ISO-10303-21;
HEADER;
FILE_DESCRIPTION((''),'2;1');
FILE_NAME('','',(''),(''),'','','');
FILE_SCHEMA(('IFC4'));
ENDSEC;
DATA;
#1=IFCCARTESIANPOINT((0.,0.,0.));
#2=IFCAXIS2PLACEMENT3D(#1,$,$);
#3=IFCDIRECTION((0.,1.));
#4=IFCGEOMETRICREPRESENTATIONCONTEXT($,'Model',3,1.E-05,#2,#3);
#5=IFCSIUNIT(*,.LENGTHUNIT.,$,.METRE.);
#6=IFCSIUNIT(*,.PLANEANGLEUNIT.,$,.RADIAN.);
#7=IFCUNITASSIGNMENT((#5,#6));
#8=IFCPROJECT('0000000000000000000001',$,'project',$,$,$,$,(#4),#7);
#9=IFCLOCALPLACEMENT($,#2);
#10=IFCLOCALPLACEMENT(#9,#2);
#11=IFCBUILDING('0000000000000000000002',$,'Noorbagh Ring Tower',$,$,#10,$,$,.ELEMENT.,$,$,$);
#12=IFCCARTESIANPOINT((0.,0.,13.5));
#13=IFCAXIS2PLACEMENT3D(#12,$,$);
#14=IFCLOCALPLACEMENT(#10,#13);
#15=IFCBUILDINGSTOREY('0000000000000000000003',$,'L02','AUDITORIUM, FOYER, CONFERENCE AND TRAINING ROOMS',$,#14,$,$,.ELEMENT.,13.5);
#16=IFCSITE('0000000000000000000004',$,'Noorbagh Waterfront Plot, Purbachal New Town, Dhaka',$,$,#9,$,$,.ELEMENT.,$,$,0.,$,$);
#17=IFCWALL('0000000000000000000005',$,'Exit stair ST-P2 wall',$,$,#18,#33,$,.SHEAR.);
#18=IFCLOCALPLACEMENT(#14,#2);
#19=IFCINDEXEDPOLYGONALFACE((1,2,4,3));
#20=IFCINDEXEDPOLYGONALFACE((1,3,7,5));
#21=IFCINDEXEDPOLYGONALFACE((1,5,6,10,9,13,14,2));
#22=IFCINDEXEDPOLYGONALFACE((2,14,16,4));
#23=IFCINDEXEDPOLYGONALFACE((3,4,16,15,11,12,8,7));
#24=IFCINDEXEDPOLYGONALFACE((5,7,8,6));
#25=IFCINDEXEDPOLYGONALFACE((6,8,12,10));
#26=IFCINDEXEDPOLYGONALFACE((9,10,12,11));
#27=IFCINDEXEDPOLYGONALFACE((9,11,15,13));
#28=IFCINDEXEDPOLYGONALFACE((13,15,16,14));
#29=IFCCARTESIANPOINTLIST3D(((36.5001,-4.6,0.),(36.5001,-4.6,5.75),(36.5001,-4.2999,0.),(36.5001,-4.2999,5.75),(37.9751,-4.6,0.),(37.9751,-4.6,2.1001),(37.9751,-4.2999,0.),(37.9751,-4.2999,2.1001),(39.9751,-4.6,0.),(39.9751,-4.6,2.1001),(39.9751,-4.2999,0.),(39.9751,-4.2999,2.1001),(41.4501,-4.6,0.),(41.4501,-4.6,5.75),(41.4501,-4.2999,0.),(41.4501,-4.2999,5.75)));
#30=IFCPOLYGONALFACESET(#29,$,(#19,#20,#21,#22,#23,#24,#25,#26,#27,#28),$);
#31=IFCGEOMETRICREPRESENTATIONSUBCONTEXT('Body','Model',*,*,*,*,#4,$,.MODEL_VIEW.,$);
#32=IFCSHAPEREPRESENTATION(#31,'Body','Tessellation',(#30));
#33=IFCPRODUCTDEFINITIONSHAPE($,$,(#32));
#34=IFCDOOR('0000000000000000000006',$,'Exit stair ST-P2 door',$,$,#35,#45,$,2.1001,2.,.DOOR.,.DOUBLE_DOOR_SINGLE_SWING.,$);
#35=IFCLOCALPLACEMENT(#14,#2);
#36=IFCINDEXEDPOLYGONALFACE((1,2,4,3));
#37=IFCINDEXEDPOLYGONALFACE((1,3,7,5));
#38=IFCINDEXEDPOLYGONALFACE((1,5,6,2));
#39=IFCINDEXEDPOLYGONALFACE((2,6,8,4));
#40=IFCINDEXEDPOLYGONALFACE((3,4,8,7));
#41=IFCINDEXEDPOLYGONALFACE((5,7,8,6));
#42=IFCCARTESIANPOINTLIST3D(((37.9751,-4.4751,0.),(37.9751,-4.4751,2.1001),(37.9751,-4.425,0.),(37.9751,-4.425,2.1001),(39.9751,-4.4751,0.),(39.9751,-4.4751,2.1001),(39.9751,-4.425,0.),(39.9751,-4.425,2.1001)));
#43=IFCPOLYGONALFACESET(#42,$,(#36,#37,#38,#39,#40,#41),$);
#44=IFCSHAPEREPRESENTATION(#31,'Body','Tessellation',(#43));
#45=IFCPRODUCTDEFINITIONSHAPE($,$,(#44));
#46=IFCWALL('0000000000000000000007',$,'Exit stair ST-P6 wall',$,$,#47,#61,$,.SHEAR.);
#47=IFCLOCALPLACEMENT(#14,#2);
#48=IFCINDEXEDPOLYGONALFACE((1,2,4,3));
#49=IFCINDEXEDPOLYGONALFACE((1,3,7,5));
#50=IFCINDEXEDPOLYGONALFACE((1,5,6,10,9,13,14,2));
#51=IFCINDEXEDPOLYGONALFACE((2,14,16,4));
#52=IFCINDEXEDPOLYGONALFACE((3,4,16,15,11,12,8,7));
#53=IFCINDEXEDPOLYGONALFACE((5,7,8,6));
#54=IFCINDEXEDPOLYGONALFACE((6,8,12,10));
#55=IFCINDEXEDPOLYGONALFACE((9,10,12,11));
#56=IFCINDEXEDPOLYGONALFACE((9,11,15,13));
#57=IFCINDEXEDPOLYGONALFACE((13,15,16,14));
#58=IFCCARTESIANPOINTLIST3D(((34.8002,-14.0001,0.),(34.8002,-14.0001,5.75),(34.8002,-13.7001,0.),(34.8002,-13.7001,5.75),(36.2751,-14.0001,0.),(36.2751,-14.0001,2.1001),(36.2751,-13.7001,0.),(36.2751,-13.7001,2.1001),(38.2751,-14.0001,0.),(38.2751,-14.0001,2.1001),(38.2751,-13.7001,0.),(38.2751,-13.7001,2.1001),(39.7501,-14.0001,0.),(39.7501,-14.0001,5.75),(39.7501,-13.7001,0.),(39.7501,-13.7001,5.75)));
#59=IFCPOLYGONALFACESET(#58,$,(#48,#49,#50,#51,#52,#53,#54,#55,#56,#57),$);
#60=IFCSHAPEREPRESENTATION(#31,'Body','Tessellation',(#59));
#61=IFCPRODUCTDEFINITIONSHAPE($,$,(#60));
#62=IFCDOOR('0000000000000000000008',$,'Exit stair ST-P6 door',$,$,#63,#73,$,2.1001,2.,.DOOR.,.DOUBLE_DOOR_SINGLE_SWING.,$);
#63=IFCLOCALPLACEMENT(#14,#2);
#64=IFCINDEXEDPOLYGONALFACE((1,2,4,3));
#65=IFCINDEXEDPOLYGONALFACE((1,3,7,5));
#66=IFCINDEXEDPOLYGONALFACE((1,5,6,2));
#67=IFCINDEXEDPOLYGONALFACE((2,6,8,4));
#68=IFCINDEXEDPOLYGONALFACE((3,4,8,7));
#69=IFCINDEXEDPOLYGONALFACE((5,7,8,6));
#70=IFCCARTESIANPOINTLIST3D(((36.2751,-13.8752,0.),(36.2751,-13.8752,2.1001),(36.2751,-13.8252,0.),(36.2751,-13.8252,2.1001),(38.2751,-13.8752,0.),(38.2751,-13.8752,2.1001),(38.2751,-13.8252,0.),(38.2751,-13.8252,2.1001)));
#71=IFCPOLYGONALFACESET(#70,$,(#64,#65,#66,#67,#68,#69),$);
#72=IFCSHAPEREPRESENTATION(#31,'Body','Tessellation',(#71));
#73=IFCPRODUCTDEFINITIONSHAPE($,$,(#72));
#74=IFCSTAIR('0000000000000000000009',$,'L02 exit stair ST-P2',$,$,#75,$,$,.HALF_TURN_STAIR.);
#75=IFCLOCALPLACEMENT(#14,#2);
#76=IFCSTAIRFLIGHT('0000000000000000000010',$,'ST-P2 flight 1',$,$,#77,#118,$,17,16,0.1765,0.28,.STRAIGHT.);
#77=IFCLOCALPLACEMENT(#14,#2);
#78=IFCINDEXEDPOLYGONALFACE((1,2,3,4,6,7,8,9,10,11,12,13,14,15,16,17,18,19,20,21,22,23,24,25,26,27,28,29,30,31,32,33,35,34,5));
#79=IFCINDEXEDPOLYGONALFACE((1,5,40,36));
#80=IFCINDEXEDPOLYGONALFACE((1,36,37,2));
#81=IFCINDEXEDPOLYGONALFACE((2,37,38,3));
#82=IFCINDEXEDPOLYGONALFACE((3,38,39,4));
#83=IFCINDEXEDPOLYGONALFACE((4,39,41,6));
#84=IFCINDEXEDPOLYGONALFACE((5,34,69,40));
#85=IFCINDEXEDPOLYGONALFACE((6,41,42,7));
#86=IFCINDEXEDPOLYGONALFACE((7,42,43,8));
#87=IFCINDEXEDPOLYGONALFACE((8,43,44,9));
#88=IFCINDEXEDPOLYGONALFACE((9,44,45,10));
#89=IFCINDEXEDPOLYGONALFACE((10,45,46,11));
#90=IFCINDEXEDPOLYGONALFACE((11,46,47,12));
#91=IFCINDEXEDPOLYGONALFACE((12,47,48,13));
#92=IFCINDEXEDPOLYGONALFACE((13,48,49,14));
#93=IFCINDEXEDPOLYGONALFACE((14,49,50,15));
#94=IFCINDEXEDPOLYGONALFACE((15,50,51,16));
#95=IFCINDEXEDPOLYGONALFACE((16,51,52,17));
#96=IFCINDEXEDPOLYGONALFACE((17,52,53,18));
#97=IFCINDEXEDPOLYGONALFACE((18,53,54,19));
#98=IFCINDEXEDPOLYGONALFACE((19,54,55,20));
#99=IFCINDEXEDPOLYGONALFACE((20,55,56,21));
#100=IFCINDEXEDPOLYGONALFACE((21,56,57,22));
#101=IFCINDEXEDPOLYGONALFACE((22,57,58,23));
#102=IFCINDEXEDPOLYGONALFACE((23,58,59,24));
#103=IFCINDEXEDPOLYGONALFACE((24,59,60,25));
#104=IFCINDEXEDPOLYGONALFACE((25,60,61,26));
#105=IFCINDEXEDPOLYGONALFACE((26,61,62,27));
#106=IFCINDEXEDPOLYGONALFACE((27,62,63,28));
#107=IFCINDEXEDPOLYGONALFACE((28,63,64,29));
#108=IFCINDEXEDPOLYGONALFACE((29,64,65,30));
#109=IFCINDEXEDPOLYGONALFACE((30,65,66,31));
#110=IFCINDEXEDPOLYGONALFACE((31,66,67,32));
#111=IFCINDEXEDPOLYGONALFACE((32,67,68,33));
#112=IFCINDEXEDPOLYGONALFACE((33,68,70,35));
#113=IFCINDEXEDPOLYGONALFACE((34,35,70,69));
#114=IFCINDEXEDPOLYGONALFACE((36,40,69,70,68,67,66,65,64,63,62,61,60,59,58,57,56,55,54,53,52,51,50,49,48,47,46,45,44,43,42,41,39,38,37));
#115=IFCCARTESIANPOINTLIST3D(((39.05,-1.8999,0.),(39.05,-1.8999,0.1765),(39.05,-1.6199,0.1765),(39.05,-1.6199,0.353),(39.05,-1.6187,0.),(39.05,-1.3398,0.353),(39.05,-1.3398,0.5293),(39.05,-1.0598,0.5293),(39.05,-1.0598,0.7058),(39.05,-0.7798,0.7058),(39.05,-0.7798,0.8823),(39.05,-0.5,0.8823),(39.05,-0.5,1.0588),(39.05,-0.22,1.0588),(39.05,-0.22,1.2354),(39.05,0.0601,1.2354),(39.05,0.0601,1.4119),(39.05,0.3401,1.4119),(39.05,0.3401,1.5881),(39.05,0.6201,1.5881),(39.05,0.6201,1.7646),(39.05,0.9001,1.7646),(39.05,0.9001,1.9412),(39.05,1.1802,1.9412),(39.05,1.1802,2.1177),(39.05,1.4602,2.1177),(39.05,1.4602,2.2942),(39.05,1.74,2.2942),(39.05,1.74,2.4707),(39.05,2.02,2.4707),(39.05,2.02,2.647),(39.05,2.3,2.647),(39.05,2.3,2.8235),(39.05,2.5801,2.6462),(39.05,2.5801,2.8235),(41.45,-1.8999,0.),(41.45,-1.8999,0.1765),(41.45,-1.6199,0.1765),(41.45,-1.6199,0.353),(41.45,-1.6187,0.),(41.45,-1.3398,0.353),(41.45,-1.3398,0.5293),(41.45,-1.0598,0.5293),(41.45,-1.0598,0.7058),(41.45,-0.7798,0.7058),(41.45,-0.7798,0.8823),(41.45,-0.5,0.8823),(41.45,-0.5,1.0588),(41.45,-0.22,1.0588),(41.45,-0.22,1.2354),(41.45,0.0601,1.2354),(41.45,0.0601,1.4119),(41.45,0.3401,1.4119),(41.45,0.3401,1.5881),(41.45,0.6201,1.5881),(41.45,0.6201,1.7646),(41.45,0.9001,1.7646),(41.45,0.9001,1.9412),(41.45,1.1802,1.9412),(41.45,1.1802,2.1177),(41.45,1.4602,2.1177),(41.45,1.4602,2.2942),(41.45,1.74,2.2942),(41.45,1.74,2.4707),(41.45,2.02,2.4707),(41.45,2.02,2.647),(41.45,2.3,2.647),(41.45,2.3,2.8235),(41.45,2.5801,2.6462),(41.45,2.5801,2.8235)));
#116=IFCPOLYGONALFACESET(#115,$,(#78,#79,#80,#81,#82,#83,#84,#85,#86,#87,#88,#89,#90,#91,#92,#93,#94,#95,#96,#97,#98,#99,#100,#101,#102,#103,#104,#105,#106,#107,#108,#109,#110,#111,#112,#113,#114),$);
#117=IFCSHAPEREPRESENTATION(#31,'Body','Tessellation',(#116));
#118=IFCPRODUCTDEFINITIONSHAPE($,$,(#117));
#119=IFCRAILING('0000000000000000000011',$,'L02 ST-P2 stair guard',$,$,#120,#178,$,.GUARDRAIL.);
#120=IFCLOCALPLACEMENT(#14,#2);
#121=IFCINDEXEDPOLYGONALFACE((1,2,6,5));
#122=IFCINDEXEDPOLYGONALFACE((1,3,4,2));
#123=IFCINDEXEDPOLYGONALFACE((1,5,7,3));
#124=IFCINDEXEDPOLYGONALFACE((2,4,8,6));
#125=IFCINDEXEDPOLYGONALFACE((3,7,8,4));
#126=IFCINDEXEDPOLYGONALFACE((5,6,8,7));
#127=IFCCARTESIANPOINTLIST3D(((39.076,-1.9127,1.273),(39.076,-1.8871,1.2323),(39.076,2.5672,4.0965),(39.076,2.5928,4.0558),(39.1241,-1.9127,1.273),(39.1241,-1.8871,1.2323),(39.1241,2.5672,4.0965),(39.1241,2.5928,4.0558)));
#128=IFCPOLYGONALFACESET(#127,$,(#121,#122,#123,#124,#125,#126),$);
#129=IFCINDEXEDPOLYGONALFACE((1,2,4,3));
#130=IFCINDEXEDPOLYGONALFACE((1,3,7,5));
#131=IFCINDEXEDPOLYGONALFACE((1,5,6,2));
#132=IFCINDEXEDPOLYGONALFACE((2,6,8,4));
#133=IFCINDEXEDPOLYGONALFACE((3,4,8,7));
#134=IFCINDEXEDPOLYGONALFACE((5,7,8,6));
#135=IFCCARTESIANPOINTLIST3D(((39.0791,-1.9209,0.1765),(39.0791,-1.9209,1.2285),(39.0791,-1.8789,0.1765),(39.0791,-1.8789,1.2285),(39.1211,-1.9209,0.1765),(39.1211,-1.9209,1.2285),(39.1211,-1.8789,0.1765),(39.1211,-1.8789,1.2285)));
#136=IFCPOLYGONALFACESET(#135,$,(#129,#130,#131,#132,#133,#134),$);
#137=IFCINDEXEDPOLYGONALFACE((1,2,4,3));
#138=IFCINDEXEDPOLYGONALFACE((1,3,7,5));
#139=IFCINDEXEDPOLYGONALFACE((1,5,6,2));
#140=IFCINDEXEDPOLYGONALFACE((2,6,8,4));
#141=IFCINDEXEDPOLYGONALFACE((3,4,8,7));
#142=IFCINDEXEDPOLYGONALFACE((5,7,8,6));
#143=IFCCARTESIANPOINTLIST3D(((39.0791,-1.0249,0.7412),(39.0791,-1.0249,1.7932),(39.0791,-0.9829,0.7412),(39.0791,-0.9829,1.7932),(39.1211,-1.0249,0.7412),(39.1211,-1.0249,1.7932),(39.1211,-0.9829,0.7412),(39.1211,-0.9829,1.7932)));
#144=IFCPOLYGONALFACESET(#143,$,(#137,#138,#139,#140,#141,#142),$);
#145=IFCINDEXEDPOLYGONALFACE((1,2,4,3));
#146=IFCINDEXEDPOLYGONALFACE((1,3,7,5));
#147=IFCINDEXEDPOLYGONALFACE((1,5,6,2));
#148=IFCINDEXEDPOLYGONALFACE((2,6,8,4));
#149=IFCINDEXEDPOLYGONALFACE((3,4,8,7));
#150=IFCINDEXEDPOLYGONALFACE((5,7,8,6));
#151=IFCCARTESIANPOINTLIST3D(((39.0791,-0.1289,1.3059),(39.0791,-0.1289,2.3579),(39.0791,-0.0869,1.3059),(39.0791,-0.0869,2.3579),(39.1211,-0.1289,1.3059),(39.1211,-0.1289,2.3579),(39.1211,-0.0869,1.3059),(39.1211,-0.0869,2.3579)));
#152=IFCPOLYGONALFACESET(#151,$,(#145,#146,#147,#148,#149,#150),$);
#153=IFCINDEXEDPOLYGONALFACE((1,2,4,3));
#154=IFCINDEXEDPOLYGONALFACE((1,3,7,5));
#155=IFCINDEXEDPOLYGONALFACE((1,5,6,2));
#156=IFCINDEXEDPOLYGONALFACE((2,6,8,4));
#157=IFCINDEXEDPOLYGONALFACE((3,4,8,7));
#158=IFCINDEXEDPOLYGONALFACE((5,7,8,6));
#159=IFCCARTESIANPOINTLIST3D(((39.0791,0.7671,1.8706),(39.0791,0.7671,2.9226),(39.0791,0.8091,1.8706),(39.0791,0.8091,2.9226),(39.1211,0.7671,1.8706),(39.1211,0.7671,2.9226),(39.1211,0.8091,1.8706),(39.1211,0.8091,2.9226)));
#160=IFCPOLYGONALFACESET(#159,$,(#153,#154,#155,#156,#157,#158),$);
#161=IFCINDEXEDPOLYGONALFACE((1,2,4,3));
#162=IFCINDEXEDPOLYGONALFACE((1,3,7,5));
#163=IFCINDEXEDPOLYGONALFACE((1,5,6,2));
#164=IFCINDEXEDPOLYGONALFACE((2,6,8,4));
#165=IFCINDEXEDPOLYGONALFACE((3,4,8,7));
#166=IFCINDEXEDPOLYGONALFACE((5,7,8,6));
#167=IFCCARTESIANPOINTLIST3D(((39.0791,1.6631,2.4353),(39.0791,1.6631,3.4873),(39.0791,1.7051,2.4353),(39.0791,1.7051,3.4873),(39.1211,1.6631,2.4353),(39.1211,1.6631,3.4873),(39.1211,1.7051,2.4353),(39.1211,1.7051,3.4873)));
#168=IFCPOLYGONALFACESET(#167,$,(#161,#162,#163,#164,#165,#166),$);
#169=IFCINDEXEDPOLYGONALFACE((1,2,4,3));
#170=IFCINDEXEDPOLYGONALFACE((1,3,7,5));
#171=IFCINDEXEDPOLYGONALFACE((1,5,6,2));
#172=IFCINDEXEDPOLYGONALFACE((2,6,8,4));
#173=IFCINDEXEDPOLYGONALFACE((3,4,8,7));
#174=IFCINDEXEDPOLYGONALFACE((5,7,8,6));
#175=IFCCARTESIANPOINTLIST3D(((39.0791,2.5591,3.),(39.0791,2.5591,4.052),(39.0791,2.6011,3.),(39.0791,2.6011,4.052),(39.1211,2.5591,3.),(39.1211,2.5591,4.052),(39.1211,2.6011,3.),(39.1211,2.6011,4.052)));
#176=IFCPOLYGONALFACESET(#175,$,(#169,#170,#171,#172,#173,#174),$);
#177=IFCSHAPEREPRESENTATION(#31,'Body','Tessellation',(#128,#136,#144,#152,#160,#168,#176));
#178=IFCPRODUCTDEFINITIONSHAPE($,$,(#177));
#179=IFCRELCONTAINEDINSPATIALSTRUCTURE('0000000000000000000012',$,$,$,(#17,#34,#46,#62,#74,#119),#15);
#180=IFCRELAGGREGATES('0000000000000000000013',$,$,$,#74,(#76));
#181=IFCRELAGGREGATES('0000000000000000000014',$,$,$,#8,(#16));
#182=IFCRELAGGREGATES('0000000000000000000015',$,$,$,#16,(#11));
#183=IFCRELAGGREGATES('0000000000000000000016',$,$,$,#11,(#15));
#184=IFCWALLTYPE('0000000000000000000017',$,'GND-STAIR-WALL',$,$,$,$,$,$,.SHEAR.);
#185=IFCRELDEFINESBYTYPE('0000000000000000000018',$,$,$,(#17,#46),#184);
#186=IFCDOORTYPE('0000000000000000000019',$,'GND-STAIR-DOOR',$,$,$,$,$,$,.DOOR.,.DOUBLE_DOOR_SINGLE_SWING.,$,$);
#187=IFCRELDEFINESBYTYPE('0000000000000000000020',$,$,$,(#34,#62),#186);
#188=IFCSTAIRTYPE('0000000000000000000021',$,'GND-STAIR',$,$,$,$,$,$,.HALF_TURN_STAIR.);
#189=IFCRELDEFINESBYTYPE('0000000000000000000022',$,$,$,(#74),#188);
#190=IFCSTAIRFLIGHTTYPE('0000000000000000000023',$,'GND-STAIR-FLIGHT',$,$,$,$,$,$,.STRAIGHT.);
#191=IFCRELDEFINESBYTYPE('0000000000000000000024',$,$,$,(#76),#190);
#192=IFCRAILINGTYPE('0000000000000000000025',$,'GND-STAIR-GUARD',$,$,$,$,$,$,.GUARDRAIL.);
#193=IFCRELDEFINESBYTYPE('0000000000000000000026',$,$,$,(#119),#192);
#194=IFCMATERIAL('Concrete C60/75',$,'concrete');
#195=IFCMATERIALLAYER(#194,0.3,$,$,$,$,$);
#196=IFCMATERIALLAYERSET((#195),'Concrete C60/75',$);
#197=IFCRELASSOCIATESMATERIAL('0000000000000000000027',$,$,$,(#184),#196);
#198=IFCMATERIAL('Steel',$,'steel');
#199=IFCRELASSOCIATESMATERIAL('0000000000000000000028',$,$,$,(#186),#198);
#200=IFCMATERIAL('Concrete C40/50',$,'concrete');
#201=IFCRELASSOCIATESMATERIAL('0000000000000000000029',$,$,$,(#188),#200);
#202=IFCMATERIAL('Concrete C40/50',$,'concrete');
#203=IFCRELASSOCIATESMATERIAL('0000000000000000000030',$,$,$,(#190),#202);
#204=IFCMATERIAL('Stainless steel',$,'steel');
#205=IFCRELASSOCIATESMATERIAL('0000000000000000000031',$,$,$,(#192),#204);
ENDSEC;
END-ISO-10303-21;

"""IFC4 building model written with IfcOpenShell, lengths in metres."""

from ifc_helpers import new_model, si_unit, direction, frame, frame_2d, origin, origin_2d, place, context, subcontext, project, spatial, polyline, rectangle, outline, extrude, material, layer, layer_set, type_object, element, fill, aggregate, save


model = new_model("IFC4")

# Units and contexts
model_context = context("Model", 3, precision=1e-05, world=origin(), true_north=direction((0.0, 1.0)))
body_context = subcontext(model_context, "Body", "Model", "MODEL_VIEW")
ifc_project = project(units=[si_unit("LENGTHUNIT", "METRE"), si_unit("PLANEANGLEUNIT", "RADIAN")], contexts=[model_context])

# Site, building, storey
site_placement = place(None, origin())
site = spatial("IfcSite", under=ifc_project, at=site_placement, Name="Noorbagh Waterfront Plot, Purbachal New Town, Dhaka", CompositionType="ELEMENT", RefElevation=0.0)
building_placement = place(site_placement, origin())
building = spatial("IfcBuilding", under=site, at=building_placement, Name="Noorbagh Ring Tower", CompositionType="ELEMENT")
storey_placement = place(building_placement, frame((0.0, 0.0, 13.5)))
storey = spatial("IfcBuildingStorey", under=building, at=storey_placement, Name="L02", Description="AUDITORIUM, FOYER, CONFERENCE AND TRAINING ROOMS", CompositionType="ELEMENT", Elevation=13.5)

# Shared definitions
ifc_material_1 = material(Name="Concrete C60/75", Category="concrete")
ifc_layer_1 = layer(ifc_material_1, 0.3)
ifc_layer_set_1 = layer_set([ifc_layer_1], Name="Concrete C60/75")
wall_type_1 = type_object("IfcWallType", Name="GND-STAIR-WALL", PredefinedType="SHEAR", material=ifc_layer_set_1)

# Walls, openings, doors
wall_1_placement = place(storey_placement, frame((36.5, -4.45, 0.0), z_axis=(0.0, 0.0, 1.0), x_axis=(1.0, 0.0, 0.0)))
wall_1 = element("IfcWall", 1, at=wall_1_placement, inside=storey, type_object=wall_type_1, Name="Exit stair ST-P2 wall", PredefinedType="SHEAR", context=body_context, shape_type="SweptSolid", body=[
    extrude(rectangle(XDim=4.95, YDim=0.3, at=frame_2d((2.4751, 0.0))), origin(), (0.0, 0.0, 1.0), 5.75),
])
opening_1_placement = place(wall_1_placement, frame((1.4751, 0.0, 0.0)))
opening_1 = element("IfcOpeningElement", 2, at=opening_1_placement, cuts=wall_1, PredefinedType="OPENING", context=body_context, shape_type="SweptSolid", body=[
    extrude(rectangle(XDim=2.0, YDim=2.1001, at=frame_2d((1.0, 1.05))), frame((0.0, 0.1602, 0.0), z_axis=(0.0, -1.0, 0.0), x_axis=(1.0, 0.0, 0.0)), (0.0, 0.0, 1.0), 0.3201),
])
ifc_material_2 = material(Name="Steel", Category="steel")
door_type = type_object("IfcDoorType", Name="GND-STAIR-DOOR", OperationType="DOUBLE_DOOR_SINGLE_SWING", PredefinedType="DOOR", material=ifc_material_2)
door_1_placement = place(opening_1_placement, origin())
door_1 = element("IfcDoor", 3, at=door_1_placement, inside=storey, type_object=door_type, Name="Exit stair ST-P2 door", OperationType="DOUBLE_DOOR_SINGLE_SWING", OverallHeight=2.1001, OverallWidth=2.0, PredefinedType="DOOR", context=body_context, shape_type="SweptSolid", body=[
    extrude(rectangle(XDim=2.0, YDim=2.1001, at=frame_2d((1.0, 1.05))), frame((0.0, 0.0249, 0.0), z_axis=(0.0, -1.0, 0.0), x_axis=(1.0, 0.0, 0.0)), (0.0, 0.0, 1.0), 0.05),
])
fill(opening_1, door_1)
wall_2_placement = place(storey_placement, frame((34.8, -13.8501, 0.0), z_axis=(0.0, 0.0, 1.0), x_axis=(1.0, 0.0, 0.0)))
wall_2 = element("IfcWall", 4, at=wall_2_placement, inside=storey, type_object=wall_type_1, Name="Exit stair ST-P6 wall", PredefinedType="SHEAR", context=body_context, shape_type="SweptSolid", body=[
    extrude(rectangle(XDim=4.95, YDim=0.3, at=frame_2d((2.4751, 0.0))), origin(), (0.0, 0.0, 1.0), 5.75),
])
opening_2_placement = place(wall_2_placement, frame((1.4751, 0.0, 0.0)))
opening_2 = element("IfcOpeningElement", 5, at=opening_2_placement, cuts=wall_2, PredefinedType="OPENING", context=body_context, shape_type="SweptSolid", body=[
    extrude(rectangle(XDim=2.0, YDim=2.1001, at=frame_2d((1.0, 1.05))), frame((0.0, 0.1602, 0.0), z_axis=(0.0, -1.0, 0.0), x_axis=(1.0, 0.0, 0.0)), (0.0, 0.0, 1.0), 0.3201),
])
door_2_placement = place(opening_2_placement, origin())
door_2 = element("IfcDoor", 6, at=door_2_placement, inside=storey, type_object=door_type, Name="Exit stair ST-P6 door", OperationType="DOUBLE_DOOR_SINGLE_SWING", OverallHeight=2.1001, OverallWidth=2.0, PredefinedType="DOOR", context=body_context, shape_type="SweptSolid", body=[
    extrude(rectangle(XDim=2.0, YDim=2.1001, at=frame_2d((1.0, 1.05))), frame((0.0, 0.0249, 0.0), z_axis=(0.0, -1.0, 0.0), x_axis=(1.0, 0.0, 0.0)), (0.0, 0.0, 1.0), 0.05),
])
fill(opening_2, door_2)

# Stair, stair flight
ifc_material_3 = material(Name="Concrete C40/50", Category="concrete")
stair_type = type_object("IfcStairType", Name="GND-STAIR", PredefinedType="HALF_TURN_STAIR", material=ifc_material_3)
stair_placement = place(storey_placement, origin())
stair = element("IfcStair", 7, at=stair_placement, inside=storey, type_object=stair_type, Name="L02 exit stair ST-P2", PredefinedType="HALF_TURN_STAIR")
ifc_material_4 = material(Name="Concrete C40/50", Category="concrete")
stair_flight_type = type_object("IfcStairFlightType", Name="GND-STAIR-FLIGHT", PredefinedType="STRAIGHT", material=ifc_material_4)
stair_flight_placement = place(storey_placement, frame((40.25, -1.8999, 0.0), z_axis=(0.0, 0.0, 1.0), x_axis=(0.0, 1.0, 0.0)))
stair_flight = element("IfcStairFlight", 8, at=stair_flight_placement, type_object=stair_flight_type, Name="ST-P2 flight 1", NumberOfRisers=17, NumberOfTreads=16, PredefinedType="STRAIGHT", RiserHeight=0.1765, TreadLength=0.28, context=body_context, shape_type="SweptSolid", body=[
    extrude(outline(polyline([(0.0, 0.0), (0.0, 0.1765), (0.28, 0.1765), (0.28, 0.353), (0.5601, 0.353), (0.5601, 0.5293), (0.8401, 0.5293), (0.8401, 0.7058), (1.1201, 0.7058), (1.1201, 0.8823), (1.3999, 0.8823), (1.3999, 1.0588), (1.6799, 1.0588), (1.6799, 1.2354), (1.96, 1.2354), (1.96, 1.4119), (2.24, 1.4119), (2.24, 1.5881), (2.52, 1.5881), (2.52, 1.7646), (2.8, 1.7646), (2.8, 1.9412), (3.0801, 1.9412), (3.0801, 2.1177), (3.3601, 2.1177), (3.3601, 2.2942), (3.6399, 2.2942), (3.6399, 2.4707), (3.9199, 2.4707), (3.9199, 2.647), (4.2, 2.647), (4.2, 2.8235), (4.48, 2.8235), (4.48, 3.0), (4.48, 2.6462), (0.2812, 0.0), (0.0, 0.0)])), frame((0.0, 1.2, 0.0), z_axis=(0.0, -1.0, 0.0), x_axis=(1.0, 0.0, 0.0)), (0.0, 0.0, 1.0), 2.3999),
])
aggregate(stair, [stair_flight])

# Railing
ifc_material_5 = material(Name="Stainless steel", Category="steel")
railing_type = type_object("IfcRailingType", Name="GND-STAIR-GUARD", PredefinedType="GUARDRAIL", material=ifc_material_5)
railing_1_placement = place(storey_placement, frame((39.1001, -1.8999, 0.1765)))
element("IfcRailing", 9, at=railing_1_placement, inside=storey, type_object=railing_type, Name="L02 ST-P2 stair guard", PredefinedType="GUARDRAIL", context=body_context, shape_type="SweptSolid", body=[
    extrude(rectangle(XDim=0.0481, YDim=0.0481, at=origin_2d()), frame((0.0, 0.0, 1.0762), z_axis=(0.0, 0.845998, 0.533186), x_axis=(-1.0, 0.0, 0.0)), (0.0, 0.0, 1.0), 5.2954),
    extrude(rectangle(XDim=0.042, YDim=0.042, at=origin_2d()), origin(), (0.0, 0.0, 1.0), 1.052),
    extrude(rectangle(XDim=0.042, YDim=0.042, at=origin_2d()), frame((0.0, 0.896, 0.5647)), (0.0, 0.0, 1.0), 1.052),
    extrude(rectangle(XDim=0.042, YDim=0.042, at=origin_2d()), frame((0.0, 1.792, 1.1294)), (0.0, 0.0, 1.0), 1.052),
    extrude(rectangle(XDim=0.042, YDim=0.042, at=origin_2d()), frame((0.0, 2.688, 1.6941)), (0.0, 0.0, 1.0), 1.052),
    extrude(rectangle(XDim=0.042, YDim=0.042, at=origin_2d()), frame((0.0, 3.584, 2.2588)), (0.0, 0.0, 1.0), 1.052),
    extrude(rectangle(XDim=0.042, YDim=0.042, at=origin_2d()), frame((0.0, 4.48, 2.8235)), (0.0, 0.0, 1.0), 1.052),
])

save(model, "model.ifc")
